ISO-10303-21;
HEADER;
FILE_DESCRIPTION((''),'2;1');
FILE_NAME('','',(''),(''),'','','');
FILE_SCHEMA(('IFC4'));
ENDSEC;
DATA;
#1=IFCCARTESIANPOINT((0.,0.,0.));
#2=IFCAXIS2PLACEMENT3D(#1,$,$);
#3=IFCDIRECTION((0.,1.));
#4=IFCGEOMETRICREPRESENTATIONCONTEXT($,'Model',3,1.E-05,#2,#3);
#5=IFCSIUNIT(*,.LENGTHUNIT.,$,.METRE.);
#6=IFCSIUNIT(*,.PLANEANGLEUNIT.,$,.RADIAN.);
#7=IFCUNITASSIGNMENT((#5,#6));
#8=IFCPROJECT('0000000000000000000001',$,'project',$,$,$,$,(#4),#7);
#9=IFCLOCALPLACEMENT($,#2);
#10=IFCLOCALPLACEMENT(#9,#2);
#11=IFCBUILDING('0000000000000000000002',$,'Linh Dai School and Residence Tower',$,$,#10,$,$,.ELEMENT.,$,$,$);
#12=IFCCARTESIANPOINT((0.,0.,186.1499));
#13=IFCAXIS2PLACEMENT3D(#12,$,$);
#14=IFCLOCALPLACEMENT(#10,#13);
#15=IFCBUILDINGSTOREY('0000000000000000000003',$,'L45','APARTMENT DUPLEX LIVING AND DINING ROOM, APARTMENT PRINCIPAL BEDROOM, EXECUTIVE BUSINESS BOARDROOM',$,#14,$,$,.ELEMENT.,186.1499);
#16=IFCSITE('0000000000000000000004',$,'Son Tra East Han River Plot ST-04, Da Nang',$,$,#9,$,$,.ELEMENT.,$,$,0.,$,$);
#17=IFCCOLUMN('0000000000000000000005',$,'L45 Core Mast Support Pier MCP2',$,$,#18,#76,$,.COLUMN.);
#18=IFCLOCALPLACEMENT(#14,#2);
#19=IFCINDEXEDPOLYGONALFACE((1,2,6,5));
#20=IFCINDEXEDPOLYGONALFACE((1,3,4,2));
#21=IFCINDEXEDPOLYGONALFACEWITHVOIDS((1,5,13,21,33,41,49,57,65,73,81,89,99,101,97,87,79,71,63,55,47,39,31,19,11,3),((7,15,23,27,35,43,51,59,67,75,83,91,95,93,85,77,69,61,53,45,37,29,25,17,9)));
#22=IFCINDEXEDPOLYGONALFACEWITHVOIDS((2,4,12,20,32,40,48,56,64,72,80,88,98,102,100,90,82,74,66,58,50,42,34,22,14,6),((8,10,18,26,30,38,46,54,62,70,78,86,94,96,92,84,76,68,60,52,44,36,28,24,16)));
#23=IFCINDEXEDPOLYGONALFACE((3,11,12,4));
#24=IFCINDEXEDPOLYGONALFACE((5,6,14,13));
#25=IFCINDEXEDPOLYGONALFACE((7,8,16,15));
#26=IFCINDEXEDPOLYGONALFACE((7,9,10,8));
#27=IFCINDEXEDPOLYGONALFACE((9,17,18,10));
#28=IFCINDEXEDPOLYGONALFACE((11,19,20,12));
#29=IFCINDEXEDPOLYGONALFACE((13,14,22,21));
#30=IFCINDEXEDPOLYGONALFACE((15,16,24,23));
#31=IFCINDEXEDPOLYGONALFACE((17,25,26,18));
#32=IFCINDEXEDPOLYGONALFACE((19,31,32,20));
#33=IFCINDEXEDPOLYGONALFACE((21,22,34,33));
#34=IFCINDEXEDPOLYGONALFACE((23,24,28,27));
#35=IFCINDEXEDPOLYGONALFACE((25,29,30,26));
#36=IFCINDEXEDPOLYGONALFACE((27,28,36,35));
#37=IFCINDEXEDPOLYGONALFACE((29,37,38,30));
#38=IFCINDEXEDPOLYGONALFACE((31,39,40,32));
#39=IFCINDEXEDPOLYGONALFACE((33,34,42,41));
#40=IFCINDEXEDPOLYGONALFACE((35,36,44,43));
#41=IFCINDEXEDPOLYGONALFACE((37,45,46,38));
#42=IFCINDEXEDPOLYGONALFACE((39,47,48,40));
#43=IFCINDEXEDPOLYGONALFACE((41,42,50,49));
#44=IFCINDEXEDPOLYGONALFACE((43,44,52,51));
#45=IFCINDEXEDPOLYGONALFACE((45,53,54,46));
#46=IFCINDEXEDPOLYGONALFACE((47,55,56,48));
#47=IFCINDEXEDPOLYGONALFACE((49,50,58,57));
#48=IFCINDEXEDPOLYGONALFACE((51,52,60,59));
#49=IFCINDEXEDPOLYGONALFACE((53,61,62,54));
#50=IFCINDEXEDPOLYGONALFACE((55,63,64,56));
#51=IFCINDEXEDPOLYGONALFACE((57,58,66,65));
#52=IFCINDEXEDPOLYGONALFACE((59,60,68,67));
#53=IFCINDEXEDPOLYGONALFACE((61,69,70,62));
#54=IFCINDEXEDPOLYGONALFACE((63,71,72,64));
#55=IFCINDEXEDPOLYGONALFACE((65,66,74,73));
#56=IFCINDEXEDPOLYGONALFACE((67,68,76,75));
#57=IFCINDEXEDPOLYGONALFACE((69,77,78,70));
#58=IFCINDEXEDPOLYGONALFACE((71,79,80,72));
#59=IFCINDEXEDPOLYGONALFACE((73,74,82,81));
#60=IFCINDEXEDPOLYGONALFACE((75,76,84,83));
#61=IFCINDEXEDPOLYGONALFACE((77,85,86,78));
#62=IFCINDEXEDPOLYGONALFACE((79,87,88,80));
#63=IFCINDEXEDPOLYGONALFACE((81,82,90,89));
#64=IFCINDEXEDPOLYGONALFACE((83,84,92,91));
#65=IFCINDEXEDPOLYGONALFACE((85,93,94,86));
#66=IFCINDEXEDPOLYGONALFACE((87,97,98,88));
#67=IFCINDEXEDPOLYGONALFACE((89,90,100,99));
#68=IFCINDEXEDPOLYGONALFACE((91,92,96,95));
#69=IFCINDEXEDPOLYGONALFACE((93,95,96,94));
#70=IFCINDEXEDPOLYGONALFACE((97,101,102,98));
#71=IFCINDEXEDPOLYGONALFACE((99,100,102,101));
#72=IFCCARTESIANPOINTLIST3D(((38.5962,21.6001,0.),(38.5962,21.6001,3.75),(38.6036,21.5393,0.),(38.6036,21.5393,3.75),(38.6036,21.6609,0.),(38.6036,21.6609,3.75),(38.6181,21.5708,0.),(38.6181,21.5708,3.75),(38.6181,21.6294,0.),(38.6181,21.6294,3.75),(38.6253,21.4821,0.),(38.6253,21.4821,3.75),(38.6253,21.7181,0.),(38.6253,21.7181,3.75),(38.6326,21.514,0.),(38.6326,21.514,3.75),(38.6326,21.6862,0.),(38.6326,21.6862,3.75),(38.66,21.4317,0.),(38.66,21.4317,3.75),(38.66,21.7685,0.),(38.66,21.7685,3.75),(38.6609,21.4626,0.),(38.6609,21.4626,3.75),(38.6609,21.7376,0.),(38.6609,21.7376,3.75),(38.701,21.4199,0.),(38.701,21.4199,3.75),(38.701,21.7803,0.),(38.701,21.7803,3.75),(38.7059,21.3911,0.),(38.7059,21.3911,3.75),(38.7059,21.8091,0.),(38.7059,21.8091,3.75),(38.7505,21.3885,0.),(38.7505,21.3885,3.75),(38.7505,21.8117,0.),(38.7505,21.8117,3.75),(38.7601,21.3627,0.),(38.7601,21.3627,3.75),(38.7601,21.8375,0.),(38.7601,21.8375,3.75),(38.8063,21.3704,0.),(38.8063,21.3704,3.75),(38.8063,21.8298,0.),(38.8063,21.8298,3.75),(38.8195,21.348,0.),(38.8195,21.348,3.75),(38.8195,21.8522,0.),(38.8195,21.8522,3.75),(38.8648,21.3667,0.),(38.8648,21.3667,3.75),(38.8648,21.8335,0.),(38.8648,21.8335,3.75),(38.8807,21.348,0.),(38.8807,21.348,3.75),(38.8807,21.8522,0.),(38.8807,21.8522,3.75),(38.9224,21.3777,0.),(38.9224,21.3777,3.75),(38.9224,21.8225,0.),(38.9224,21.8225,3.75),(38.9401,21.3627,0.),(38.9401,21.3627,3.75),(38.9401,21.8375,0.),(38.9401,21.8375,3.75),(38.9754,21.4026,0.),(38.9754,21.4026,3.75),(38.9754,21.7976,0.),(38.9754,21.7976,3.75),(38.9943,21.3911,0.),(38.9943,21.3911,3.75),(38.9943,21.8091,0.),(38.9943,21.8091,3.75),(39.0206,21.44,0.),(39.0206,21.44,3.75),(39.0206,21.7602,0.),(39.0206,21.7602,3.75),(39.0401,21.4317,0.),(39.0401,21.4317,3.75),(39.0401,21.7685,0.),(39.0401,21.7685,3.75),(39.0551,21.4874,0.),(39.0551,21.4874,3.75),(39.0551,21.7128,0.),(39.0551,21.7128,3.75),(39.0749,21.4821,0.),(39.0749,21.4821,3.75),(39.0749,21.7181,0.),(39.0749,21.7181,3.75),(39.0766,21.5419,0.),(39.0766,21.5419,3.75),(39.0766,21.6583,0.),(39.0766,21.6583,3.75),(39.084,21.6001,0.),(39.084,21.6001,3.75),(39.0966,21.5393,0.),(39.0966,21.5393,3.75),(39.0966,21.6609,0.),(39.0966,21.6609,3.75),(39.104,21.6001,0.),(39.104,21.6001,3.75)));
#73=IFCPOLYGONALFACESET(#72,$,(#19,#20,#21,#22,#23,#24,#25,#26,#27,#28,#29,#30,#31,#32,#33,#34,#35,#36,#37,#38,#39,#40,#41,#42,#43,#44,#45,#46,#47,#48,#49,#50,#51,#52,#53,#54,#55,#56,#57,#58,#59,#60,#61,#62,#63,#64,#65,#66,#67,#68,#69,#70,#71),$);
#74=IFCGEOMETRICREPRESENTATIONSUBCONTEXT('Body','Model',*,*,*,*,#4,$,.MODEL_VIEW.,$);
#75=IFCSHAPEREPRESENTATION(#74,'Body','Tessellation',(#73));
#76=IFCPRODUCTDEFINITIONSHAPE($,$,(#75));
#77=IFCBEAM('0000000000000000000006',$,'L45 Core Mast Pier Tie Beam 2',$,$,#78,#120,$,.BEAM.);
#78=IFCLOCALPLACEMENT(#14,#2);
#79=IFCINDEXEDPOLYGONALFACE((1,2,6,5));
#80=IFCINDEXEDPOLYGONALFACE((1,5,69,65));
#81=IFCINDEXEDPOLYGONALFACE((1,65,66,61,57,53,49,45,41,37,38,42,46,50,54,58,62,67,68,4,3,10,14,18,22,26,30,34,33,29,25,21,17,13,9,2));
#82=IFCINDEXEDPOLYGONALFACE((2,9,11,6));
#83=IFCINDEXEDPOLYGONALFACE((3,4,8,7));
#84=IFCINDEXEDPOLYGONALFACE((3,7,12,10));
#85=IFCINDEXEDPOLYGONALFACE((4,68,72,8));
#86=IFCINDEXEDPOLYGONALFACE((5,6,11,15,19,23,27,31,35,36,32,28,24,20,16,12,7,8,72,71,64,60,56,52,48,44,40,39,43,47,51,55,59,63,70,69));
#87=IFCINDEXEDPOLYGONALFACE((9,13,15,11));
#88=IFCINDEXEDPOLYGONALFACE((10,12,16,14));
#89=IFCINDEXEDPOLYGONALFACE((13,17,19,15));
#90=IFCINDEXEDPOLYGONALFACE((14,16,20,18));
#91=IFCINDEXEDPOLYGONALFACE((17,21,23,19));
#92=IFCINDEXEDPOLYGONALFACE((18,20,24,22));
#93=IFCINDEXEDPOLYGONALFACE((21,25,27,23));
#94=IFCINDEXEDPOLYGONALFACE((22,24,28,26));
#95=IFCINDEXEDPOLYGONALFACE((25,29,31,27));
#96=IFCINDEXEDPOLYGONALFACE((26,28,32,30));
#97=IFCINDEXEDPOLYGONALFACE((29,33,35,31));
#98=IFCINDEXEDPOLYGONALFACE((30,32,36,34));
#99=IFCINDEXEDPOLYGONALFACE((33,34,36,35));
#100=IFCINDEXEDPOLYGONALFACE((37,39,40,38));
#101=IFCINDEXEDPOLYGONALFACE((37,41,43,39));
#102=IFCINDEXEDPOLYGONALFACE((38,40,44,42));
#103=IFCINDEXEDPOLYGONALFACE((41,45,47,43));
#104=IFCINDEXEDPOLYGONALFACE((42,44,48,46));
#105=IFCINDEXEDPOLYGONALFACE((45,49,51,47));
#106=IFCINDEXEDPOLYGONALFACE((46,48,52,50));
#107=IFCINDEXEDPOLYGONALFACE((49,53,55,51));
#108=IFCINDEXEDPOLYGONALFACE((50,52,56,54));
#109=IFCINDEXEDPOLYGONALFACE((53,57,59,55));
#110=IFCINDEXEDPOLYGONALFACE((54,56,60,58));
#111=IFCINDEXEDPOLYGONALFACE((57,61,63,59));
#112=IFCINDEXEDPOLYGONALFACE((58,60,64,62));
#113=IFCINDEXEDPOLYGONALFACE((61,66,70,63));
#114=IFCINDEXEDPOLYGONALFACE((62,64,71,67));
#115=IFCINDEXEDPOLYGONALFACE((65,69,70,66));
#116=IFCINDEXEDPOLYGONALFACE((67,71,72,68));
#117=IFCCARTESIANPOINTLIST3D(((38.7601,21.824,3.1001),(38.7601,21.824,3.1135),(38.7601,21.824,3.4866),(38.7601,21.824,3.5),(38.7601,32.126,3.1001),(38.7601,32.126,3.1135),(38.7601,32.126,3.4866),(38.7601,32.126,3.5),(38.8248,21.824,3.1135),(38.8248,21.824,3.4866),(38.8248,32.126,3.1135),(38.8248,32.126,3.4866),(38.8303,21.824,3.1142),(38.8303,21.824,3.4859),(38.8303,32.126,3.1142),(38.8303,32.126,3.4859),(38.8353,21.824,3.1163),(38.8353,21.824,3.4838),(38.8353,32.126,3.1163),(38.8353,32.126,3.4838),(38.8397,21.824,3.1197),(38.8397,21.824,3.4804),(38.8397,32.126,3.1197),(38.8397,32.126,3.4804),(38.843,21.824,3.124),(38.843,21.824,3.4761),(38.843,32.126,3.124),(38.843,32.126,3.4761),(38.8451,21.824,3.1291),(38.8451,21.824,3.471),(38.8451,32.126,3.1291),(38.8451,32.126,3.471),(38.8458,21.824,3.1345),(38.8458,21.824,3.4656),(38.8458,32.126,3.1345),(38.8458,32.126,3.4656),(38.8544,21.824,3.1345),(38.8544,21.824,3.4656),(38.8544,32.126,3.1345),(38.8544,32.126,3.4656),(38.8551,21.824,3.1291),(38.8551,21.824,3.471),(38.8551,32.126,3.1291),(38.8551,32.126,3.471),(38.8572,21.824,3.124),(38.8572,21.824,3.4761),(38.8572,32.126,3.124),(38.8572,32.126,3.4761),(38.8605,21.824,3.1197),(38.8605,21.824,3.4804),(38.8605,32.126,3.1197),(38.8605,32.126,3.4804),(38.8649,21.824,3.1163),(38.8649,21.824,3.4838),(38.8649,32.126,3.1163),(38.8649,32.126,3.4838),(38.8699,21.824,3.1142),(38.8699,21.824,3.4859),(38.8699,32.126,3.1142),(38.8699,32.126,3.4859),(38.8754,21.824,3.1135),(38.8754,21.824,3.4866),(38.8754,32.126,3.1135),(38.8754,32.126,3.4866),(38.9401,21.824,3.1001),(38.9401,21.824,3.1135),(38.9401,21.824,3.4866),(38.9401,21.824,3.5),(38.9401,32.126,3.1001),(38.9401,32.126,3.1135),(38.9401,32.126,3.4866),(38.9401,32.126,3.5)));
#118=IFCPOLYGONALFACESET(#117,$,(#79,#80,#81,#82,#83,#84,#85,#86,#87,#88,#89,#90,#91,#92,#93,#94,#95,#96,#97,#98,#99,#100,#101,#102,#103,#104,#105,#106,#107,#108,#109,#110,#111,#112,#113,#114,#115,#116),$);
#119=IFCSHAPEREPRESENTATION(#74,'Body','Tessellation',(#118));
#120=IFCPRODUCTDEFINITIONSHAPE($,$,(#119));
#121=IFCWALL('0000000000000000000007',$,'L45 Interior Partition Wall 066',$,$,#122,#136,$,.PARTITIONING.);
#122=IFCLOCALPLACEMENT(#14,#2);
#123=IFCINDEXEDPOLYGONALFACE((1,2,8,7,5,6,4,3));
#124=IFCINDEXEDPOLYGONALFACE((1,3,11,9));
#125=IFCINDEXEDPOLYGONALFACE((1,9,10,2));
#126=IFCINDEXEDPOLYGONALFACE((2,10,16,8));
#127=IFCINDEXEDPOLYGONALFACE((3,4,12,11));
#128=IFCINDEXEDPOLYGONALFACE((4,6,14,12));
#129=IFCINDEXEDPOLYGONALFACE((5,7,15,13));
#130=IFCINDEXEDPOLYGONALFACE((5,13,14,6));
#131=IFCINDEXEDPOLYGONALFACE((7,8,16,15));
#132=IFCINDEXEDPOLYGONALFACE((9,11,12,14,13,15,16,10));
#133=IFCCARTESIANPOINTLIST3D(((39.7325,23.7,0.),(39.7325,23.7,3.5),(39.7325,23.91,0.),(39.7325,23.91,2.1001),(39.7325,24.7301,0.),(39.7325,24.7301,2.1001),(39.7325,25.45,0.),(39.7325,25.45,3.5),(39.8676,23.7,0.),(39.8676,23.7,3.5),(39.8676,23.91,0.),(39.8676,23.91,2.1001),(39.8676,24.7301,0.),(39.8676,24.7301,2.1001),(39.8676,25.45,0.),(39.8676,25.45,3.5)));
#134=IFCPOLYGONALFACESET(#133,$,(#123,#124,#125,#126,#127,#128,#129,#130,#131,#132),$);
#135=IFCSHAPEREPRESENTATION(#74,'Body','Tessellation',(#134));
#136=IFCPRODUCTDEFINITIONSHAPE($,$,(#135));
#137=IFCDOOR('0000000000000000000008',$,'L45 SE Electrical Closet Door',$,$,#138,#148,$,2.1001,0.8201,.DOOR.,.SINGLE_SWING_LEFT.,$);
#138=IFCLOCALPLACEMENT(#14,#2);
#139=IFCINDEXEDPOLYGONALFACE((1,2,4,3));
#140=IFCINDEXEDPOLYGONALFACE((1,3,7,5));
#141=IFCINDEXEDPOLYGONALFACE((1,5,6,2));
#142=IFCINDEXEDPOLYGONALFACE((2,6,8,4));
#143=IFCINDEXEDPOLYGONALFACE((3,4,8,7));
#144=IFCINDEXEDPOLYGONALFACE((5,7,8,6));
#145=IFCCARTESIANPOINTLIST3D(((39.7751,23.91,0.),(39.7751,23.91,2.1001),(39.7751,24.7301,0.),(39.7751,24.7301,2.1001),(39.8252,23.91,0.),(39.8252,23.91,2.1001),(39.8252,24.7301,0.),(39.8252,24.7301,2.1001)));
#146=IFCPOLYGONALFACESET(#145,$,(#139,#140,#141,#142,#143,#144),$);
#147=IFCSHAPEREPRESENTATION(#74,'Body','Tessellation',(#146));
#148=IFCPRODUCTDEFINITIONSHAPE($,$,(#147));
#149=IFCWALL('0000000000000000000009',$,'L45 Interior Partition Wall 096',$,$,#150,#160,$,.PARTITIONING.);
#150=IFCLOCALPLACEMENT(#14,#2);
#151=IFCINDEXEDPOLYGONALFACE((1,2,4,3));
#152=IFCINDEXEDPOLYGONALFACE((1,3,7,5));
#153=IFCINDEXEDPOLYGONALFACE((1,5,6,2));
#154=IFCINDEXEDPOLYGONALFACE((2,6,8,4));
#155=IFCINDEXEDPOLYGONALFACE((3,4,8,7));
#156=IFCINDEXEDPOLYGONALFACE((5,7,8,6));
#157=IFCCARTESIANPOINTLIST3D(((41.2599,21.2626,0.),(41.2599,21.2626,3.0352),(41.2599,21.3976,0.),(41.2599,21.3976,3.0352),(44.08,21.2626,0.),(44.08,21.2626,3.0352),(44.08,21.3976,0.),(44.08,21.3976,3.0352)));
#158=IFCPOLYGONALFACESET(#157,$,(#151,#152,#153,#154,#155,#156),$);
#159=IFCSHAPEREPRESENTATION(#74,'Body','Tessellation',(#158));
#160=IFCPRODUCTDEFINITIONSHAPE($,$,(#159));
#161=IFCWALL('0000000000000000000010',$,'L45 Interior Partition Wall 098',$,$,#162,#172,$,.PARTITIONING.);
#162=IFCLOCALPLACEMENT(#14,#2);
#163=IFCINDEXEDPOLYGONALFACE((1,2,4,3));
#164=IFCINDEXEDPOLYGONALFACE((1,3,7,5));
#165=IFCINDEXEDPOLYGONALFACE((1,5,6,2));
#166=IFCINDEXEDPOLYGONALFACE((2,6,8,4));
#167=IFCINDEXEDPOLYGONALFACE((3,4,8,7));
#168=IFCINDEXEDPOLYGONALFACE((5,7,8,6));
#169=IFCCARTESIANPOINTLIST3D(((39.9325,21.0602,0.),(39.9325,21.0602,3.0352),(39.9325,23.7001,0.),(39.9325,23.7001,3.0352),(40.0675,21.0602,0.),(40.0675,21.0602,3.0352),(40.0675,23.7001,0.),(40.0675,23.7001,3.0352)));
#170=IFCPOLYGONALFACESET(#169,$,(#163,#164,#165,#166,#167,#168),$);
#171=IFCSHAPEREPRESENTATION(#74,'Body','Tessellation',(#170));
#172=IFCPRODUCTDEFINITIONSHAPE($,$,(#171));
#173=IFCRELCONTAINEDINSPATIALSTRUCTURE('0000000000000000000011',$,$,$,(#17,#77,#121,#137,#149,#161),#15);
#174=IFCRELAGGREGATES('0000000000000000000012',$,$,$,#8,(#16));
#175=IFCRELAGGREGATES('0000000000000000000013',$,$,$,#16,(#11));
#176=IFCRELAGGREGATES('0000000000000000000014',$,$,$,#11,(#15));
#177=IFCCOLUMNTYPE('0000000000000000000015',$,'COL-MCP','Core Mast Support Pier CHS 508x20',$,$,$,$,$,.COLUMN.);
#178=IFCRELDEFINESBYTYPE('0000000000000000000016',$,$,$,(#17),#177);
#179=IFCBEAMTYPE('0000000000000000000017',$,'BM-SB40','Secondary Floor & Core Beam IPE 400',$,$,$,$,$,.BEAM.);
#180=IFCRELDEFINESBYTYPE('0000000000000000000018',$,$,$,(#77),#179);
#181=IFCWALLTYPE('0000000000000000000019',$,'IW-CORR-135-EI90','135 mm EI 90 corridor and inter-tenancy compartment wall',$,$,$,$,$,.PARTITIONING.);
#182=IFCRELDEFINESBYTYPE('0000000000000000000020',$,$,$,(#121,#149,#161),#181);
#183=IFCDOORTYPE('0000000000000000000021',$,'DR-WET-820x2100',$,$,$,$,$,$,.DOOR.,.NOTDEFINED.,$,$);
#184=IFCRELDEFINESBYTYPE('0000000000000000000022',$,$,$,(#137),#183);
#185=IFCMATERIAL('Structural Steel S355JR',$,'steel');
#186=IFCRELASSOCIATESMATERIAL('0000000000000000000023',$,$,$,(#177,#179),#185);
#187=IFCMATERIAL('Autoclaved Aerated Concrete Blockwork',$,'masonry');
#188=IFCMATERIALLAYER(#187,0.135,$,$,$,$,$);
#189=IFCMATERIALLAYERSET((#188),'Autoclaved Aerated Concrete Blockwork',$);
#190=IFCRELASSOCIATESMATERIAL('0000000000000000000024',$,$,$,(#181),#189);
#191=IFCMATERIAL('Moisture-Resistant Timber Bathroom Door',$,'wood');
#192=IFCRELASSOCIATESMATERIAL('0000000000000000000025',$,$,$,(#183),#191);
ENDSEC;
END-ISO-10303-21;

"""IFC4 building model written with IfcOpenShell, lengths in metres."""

from ifc_helpers import new_model, si_unit, direction, frame, frame_2d, origin, origin_2d, place, context, subcontext, project, spatial, rectangle, hollow_circle, i_section, extrude, source, transform, mapped, material, layer, layer_set, material_profile, profile_set, type_object, element, fill, save


model = new_model("IFC4")

# Units and contexts
model_context = context("Model", 3, precision=1e-05, world=origin(), true_north=direction((0.0, 1.0)))
body_context = subcontext(model_context, "Body", "Model", "MODEL_VIEW")
ifc_project = project(units=[si_unit("LENGTHUNIT", "METRE"), si_unit("PLANEANGLEUNIT", "RADIAN")], contexts=[model_context])

# Site, building, storey
site_placement = place(None, origin())
site = spatial("IfcSite", under=ifc_project, at=site_placement, Name="Son Tra East Han River Plot ST-04, Da Nang", CompositionType="ELEMENT", RefElevation=0.0)
building_placement = place(site_placement, origin())
building = spatial("IfcBuilding", under=site, at=building_placement, Name="Linh Dai School and Residence Tower", CompositionType="ELEMENT")
storey_placement = place(building_placement, frame((0.0, 0.0, 186.1499)))
storey = spatial("IfcBuildingStorey", under=building, at=storey_placement, Name="L45", Description="APARTMENT DUPLEX LIVING AND DINING ROOM, APARTMENT PRINCIPAL BEDROOM, EXECUTIVE BUSINESS BOARDROOM", CompositionType="ELEMENT", Elevation=186.1499)

# Column
ifc_material_1 = material(Name="Structural Steel S355JR", Category="steel")
ifc_material_profile_1 = material_profile(ifc_material_1, hollow_circle(Radius=0.2539, WallThickness=0.02, at=origin_2d()), Name="CHS 508x20")
ifc_profile_set_1 = profile_set([ifc_material_profile_1], Name="Structural Steel S355JR")
column_type_1 = type_object("IfcColumnType", Name="COL-MCP", Description="Core Mast Support Pier CHS 508x20", PredefinedType="COLUMN", material=ifc_profile_set_1)
column_placement = place(storey_placement, frame((38.8501, 21.6001, 0.0), z_axis=(0.0, 0.0, 1.0), x_axis=(1.0, 0.0, 0.0)))
element("IfcColumn", 1, at=column_placement, inside=storey, type_object=column_type_1, Name="L45 Core Mast Support Pier MCP2", PredefinedType="COLUMN", context=body_context, shape_type="SweptSolid", body=[
    extrude(hollow_circle(Radius=0.2539, WallThickness=0.02, at=origin_2d()), origin(), (0.0, 0.0, 1.0), 3.75),
])

# Beam
ifc_material_profile_2 = material_profile(ifc_material_1, i_section(OverallWidth=0.1799, OverallDepth=0.3999, WebThickness=0.0085, FlangeThickness=0.0134, FilletRadius=0.021, at=origin_2d()), Name="IPE 400")
ifc_profile_set_2 = profile_set([ifc_material_profile_2], Name="Structural Steel S355JR")
beam_type = type_object("IfcBeamType", Name="BM-SB40", Description="Secondary Floor & Core Beam IPE 400", PredefinedType="BEAM", material=ifc_profile_set_2)
beam_placement = place(storey_placement, frame((38.8501, 21.824, 3.3), z_axis=(0.0, 1.0, 0.0), x_axis=(-1.0, 0.0, 0.0)))
element("IfcBeam", 2, at=beam_placement, inside=storey, type_object=beam_type, Name="L45 Core Mast Pier Tie Beam 2", PredefinedType="BEAM", context=body_context, shape_type="SweptSolid", body=[
    extrude(i_section(OverallWidth=0.1799, OverallDepth=0.3999, WebThickness=0.0085, FlangeThickness=0.0134, FilletRadius=0.021, at=origin_2d()), origin(), (0.0, 0.0, 1.0), 10.302),
])

# Wall, opening, door
ifc_material_2 = material(Name="Autoclaved Aerated Concrete Blockwork", Category="masonry")
ifc_layer_1 = layer(ifc_material_2, 0.135)
ifc_layer_set_1 = layer_set([ifc_layer_1], Name="Autoclaved Aerated Concrete Blockwork")
wall_type_1 = type_object("IfcWallType", Name="IW-CORR-135-EI90", Description="135 mm EI 90 corridor and inter-tenancy compartment wall", PredefinedType="PARTITIONING", material=ifc_layer_set_1)
wall_1_placement = place(storey_placement, frame((39.8, 23.7, 0.0), z_axis=(0.0, 0.0, 1.0), x_axis=(0.0, 1.0, 0.0)))
wall_1 = element("IfcWall", 3, at=wall_1_placement, inside=storey, type_object=wall_type_1, Name="L45 Interior Partition Wall 066", PredefinedType="PARTITIONING", context=body_context, shape_type="SweptSolid", body=[
    extrude(rectangle(XDim=1.75, YDim=0.135, at=frame_2d((0.875, 0.0))), origin(), (0.0, 0.0, 1.0), 3.5),
])
opening_1_placement = place(wall_1_placement, frame((0.21, 0.0, 0.0)))
opening_1 = element("IfcOpeningElement", 4, at=opening_1_placement, cuts=wall_1, PredefinedType="OPENING", context=body_context, shape_type="SweptSolid", body=[
    extrude(rectangle(XDim=0.8201, YDim=2.1001, at=origin_2d()), frame((0.4102, 0.0776, 1.05), z_axis=(0.0, -1.0, 0.0), x_axis=(1.0, 0.0, 0.0)), (0.0, 0.0, 1.0), 0.155),
])
ifc_material_3 = material(Name="Moisture-Resistant Timber Bathroom Door", Category="wood")
door_type_1 = type_object("IfcDoorType", Name="DR-WET-820x2100", OperationType="NOTDEFINED", PredefinedType="DOOR", material=ifc_material_3)
shared_shape_1 = source(origin(), body_context, "Body", "SweptSolid", [
    extrude(rectangle(XDim=0.8201, YDim=2.1001, at=origin_2d()), frame((0.4102, 0.0249, 1.05), z_axis=(0.0, -1.0, 0.0), x_axis=(1.0, 0.0, 0.0)), (0.0, 0.0, 1.0), 0.05),
])
door_1_placement = place(opening_1_placement, origin())
door_1 = element("IfcDoor", 5, at=door_1_placement, inside=storey, type_object=door_type_1, Name="L45 SE Electrical Closet Door", OperationType="SINGLE_SWING_LEFT", OverallHeight=2.1001, OverallWidth=0.8201, PredefinedType="DOOR", context=body_context, shape_type="MappedRepresentation", body=[
    mapped(shared_shape_1, transform((0.0, 0.0, 0.0), x_axis=(1.0, 0.0, 0.0), y_axis=(0.0, 1.0, 0.0), z_axis=(0.0, 0.0, 1.0), scale=1.0)),
])
fill(opening_1, door_1)

# Walls
wall_2_placement = place(storey_placement, frame((44.0801, 21.3301, 0.0), z_axis=(0.0, 0.0, 1.0), x_axis=(-1.0, 0.0, 0.0)))
element("IfcWall", 6, at=wall_2_placement, inside=storey, type_object=wall_type_1, Name="L45 Interior Partition Wall 096", PredefinedType="PARTITIONING", context=body_context, shape_type="SweptSolid", body=[
    extrude(rectangle(XDim=2.8201, YDim=0.135, at=frame_2d((1.4102, 0.0))), origin(), (0.0, 0.0, 1.0), 3.0352),
])
wall_3_placement = place(storey_placement, frame((40.0, 23.7, 0.0), z_axis=(0.0, 0.0, 1.0), x_axis=(0.0, -1.0, 0.0)))
element("IfcWall", 7, at=wall_3_placement, inside=storey, type_object=wall_type_1, Name="L45 Interior Partition Wall 098", PredefinedType="PARTITIONING", context=body_context, shape_type="SweptSolid", body=[
    extrude(rectangle(XDim=2.6399, YDim=0.135, at=frame_2d((1.3198, 0.0))), origin(), (0.0, 0.0, 1.0), 3.0352),
])

save(model, "model.ifc")
